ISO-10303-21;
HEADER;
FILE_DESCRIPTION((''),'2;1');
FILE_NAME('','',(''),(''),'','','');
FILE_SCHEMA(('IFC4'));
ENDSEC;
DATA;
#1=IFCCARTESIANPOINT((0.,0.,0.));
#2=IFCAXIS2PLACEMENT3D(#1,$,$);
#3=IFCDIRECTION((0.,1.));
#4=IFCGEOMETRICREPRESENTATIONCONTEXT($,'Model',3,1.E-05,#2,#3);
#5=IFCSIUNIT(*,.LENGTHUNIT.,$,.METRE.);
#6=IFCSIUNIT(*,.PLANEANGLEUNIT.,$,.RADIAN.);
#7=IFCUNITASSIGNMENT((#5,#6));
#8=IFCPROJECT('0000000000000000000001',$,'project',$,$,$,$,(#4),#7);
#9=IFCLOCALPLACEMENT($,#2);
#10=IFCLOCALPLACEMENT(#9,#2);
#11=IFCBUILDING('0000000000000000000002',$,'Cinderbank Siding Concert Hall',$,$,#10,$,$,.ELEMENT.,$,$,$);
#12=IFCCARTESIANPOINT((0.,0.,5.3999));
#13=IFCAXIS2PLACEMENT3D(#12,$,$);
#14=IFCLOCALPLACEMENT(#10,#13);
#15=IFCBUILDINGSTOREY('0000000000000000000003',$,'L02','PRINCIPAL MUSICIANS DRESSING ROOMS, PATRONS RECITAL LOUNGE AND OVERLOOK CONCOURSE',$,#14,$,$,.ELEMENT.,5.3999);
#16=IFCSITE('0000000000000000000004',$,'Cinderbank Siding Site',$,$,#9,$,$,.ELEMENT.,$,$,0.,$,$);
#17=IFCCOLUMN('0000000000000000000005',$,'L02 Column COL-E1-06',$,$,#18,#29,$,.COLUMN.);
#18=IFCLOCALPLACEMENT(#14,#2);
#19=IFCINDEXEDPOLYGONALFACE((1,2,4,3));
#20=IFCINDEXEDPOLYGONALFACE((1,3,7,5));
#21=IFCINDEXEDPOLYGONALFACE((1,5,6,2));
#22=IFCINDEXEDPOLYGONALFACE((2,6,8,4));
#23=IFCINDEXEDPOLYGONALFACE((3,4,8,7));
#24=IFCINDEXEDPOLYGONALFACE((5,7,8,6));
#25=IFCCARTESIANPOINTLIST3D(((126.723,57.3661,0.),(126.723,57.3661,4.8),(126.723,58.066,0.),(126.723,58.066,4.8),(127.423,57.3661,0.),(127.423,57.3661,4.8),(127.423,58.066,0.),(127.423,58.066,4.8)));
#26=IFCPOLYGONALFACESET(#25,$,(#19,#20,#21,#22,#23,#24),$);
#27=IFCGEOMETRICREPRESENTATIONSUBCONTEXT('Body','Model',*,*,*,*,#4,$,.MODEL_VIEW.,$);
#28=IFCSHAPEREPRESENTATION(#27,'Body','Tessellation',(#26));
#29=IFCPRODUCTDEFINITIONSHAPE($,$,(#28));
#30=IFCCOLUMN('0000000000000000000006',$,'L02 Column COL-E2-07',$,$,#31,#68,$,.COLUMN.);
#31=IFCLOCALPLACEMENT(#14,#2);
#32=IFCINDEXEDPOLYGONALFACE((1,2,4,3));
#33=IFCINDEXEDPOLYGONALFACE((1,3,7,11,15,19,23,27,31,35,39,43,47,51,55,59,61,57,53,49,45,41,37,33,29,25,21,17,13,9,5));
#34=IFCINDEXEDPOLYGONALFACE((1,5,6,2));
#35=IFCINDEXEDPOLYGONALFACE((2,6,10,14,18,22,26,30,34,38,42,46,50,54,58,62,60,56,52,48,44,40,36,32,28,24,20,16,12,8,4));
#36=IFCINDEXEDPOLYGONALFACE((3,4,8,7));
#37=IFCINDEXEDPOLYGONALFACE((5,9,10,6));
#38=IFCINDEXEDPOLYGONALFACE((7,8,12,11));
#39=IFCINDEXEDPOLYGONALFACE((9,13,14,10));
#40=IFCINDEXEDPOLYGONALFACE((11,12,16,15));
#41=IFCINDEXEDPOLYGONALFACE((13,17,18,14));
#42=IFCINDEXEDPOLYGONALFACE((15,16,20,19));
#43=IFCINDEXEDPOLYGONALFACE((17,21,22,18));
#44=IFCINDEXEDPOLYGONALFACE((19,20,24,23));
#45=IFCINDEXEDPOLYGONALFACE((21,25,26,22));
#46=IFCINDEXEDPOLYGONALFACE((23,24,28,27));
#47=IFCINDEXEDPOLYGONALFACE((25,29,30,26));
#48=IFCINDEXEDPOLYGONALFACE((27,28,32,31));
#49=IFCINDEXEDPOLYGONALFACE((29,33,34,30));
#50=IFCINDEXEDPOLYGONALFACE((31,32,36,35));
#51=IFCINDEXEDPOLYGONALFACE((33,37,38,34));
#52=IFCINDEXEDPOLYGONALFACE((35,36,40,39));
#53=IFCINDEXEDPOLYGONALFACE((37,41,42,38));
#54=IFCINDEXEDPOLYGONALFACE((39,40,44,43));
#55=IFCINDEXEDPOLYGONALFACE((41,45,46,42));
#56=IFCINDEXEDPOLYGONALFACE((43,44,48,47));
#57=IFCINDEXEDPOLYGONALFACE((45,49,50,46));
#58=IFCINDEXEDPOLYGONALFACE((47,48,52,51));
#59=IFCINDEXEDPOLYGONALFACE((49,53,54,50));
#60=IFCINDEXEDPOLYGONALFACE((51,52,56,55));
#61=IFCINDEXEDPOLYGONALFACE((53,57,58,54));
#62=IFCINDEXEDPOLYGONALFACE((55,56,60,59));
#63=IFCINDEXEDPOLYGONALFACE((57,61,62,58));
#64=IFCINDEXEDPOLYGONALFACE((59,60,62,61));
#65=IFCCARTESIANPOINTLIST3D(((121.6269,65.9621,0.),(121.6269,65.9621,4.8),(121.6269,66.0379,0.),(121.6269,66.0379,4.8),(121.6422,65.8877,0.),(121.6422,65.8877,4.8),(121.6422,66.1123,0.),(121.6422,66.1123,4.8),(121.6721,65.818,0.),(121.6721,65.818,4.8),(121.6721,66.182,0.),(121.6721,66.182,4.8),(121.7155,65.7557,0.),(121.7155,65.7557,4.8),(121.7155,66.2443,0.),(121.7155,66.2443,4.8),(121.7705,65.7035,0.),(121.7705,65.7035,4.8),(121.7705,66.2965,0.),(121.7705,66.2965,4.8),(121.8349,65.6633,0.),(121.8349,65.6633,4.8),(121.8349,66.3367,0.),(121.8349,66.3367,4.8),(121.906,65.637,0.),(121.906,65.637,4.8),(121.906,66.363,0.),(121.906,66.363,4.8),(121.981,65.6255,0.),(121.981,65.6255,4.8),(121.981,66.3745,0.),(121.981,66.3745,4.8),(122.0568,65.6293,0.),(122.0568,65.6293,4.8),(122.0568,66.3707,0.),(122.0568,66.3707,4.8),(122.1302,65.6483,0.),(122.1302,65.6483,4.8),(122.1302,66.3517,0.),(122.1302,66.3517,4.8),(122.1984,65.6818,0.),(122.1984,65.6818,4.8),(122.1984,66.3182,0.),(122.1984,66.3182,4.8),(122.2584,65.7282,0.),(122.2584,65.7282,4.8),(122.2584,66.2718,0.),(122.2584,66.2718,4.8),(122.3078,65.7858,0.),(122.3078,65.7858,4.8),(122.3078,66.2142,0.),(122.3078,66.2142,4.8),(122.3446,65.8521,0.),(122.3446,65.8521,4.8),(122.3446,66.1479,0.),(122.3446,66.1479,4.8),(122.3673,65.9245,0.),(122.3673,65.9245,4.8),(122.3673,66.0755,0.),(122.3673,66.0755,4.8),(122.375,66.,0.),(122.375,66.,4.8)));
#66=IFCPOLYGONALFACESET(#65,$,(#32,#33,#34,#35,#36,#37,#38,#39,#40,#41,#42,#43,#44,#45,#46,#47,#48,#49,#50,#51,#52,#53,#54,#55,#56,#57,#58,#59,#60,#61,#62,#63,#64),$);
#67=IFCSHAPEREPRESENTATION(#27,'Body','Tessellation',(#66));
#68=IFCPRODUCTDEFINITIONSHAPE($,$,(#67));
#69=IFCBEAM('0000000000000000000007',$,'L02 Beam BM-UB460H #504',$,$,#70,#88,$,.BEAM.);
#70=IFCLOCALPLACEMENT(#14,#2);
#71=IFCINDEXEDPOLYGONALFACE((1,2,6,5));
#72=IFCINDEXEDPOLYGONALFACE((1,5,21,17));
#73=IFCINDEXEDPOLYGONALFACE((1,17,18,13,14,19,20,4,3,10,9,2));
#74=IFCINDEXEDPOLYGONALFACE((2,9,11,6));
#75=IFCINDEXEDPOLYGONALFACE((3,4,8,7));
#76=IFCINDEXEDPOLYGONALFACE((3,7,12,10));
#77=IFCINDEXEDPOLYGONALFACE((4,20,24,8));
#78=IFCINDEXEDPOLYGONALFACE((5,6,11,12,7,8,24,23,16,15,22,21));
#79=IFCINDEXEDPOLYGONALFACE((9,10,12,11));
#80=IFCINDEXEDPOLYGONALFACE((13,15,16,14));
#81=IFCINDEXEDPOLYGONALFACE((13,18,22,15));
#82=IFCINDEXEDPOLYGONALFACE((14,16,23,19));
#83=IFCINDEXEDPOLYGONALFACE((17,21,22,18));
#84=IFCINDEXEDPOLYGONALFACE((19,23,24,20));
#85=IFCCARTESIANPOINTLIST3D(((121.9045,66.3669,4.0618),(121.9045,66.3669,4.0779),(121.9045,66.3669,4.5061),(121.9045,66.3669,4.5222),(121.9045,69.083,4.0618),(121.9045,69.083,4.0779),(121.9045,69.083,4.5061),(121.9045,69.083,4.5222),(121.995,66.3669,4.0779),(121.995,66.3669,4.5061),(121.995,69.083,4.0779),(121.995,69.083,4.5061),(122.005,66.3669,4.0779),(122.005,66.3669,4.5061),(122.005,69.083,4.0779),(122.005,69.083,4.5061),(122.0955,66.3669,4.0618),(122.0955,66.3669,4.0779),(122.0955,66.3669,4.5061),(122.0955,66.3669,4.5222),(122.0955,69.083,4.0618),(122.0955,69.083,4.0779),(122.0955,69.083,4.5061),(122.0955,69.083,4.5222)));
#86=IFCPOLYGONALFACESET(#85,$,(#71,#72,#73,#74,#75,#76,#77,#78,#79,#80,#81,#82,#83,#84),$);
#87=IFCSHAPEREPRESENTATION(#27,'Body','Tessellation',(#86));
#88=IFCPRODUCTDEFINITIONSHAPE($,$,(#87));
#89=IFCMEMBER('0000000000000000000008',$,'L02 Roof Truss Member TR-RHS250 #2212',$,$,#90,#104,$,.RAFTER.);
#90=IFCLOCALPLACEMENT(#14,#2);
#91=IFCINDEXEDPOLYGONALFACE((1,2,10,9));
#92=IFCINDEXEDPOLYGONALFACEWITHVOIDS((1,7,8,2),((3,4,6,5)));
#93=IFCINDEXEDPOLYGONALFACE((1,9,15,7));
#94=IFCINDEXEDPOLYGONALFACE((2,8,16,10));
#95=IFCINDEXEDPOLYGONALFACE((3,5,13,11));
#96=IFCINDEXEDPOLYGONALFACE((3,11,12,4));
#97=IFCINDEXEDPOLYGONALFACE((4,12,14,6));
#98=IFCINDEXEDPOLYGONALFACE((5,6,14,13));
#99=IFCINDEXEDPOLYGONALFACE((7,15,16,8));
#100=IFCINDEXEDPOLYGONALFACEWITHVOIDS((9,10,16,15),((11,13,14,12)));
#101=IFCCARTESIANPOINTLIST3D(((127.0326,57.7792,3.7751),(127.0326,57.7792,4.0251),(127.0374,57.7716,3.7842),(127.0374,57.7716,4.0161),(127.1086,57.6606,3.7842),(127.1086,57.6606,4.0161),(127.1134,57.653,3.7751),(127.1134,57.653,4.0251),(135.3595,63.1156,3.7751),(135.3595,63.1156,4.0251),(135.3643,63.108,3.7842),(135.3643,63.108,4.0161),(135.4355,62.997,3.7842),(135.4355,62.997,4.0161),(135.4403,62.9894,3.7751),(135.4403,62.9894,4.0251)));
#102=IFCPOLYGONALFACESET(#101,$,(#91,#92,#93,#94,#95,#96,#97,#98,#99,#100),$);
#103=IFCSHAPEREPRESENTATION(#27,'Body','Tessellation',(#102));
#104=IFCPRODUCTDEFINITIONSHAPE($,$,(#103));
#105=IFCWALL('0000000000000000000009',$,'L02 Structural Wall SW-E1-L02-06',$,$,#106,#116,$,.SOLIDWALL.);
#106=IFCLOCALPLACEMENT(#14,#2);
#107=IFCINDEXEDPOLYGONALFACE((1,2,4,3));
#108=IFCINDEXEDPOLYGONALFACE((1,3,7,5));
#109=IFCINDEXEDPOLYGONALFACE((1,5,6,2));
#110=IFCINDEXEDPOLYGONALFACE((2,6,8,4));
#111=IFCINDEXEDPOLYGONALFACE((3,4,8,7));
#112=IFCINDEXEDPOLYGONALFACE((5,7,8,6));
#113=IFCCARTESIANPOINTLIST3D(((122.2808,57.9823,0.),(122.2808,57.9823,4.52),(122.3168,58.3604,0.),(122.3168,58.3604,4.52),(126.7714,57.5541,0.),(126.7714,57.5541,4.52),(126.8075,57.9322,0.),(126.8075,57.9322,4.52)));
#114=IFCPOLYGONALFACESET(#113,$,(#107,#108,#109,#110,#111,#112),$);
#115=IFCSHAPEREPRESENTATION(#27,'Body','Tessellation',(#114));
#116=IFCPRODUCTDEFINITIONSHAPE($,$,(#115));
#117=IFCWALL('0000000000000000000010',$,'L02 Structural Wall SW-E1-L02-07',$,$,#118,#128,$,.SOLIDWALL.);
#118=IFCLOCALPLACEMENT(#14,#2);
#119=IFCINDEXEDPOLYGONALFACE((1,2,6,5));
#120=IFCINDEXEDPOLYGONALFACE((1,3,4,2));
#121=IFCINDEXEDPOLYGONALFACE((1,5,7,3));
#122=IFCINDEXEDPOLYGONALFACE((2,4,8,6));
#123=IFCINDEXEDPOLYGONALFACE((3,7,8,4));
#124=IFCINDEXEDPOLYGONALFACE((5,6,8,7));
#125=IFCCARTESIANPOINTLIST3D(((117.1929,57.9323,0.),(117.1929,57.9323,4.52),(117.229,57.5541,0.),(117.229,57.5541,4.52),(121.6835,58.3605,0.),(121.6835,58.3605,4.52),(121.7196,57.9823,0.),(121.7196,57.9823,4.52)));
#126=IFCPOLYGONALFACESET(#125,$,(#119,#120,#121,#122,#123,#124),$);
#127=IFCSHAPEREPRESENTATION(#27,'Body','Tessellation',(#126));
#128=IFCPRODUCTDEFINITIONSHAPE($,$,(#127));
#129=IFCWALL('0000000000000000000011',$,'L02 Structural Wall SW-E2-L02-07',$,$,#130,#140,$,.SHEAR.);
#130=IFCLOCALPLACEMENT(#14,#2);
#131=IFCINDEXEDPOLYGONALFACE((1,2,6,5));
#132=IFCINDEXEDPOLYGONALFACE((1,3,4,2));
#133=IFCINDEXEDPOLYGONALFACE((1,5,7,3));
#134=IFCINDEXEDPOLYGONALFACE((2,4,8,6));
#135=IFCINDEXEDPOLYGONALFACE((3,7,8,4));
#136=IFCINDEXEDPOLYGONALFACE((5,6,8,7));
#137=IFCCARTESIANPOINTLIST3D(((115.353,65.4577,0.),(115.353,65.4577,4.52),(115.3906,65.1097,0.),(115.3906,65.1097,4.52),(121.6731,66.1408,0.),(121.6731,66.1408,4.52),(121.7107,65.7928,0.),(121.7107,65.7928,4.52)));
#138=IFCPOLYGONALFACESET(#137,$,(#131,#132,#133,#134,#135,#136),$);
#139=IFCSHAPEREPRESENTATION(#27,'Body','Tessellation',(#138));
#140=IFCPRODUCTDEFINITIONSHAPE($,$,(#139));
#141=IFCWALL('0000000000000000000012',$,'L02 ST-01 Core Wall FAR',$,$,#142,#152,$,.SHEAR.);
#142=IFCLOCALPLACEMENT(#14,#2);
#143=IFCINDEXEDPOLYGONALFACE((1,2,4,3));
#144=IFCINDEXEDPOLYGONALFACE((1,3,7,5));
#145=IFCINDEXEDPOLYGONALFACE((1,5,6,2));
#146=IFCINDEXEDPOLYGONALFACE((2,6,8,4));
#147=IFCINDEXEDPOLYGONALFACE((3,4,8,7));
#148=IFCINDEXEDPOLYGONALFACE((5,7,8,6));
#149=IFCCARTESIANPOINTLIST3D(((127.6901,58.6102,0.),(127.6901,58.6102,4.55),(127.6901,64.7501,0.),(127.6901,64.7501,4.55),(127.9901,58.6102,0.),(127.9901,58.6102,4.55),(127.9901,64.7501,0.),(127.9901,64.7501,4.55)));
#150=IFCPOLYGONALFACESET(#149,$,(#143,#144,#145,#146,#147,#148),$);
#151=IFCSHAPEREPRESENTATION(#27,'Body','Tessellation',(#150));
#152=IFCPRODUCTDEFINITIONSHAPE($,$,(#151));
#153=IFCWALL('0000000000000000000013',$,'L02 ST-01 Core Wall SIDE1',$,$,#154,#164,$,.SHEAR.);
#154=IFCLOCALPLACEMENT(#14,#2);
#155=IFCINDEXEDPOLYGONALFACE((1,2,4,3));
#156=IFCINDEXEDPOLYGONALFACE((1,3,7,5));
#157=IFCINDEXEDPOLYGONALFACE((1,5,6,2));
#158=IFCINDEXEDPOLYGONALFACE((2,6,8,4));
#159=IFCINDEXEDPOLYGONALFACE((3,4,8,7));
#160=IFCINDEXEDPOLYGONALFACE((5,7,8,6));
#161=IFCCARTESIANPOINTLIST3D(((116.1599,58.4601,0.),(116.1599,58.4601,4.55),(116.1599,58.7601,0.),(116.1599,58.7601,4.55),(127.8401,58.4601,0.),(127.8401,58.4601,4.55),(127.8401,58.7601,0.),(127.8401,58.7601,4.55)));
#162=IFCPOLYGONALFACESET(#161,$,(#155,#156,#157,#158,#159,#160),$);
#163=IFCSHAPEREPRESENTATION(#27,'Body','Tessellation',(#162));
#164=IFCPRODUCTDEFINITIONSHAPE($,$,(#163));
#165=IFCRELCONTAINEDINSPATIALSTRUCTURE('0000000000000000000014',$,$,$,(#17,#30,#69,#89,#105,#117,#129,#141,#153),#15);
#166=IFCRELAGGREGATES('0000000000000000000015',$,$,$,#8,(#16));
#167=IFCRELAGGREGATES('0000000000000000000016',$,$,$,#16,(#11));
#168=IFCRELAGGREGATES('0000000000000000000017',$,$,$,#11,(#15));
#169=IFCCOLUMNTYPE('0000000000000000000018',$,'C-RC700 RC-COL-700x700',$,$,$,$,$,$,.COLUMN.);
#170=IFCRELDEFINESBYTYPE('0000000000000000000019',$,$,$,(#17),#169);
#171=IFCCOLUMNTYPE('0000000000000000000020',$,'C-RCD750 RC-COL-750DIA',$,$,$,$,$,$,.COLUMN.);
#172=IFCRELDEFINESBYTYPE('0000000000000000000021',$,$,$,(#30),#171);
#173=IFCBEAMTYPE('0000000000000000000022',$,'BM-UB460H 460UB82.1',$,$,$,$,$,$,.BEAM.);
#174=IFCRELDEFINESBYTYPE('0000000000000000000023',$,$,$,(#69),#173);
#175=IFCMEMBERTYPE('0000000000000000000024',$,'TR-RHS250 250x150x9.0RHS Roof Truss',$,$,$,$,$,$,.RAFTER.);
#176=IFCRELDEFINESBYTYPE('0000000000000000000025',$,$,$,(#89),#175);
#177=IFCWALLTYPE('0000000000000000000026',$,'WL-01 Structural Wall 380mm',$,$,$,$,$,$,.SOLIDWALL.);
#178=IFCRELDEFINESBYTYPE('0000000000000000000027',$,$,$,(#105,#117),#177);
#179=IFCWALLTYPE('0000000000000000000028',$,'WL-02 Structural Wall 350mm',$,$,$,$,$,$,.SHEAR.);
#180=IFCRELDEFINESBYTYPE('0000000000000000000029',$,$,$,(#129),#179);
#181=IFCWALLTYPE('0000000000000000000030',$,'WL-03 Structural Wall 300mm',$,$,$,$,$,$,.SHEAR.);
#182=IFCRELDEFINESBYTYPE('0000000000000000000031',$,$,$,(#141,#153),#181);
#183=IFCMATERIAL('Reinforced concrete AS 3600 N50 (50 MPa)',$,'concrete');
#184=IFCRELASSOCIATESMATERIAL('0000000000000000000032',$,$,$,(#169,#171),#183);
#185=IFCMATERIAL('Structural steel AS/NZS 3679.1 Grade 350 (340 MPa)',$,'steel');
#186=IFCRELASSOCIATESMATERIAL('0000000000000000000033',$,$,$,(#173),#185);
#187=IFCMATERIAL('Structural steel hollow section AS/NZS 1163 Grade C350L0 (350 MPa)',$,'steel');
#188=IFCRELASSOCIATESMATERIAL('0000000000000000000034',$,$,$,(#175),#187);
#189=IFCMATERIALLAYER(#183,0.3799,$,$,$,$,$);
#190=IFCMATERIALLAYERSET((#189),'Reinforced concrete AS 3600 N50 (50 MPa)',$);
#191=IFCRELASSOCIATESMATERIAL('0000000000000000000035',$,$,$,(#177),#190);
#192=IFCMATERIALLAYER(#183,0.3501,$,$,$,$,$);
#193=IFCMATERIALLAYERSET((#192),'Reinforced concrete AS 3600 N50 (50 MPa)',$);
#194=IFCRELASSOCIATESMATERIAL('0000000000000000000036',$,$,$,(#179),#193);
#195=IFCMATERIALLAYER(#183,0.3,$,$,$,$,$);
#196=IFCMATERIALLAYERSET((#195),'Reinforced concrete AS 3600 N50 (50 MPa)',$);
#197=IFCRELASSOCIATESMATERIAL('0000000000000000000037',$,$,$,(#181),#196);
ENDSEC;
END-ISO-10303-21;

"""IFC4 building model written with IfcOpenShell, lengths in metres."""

from ifc_helpers import new_model, si_unit, direction, frame, frame_2d, origin, origin_2d, place, context, subcontext, project, spatial, rectangle, hollow_rectangle, circle, i_section, extrude, material, layer, layer_set, material_profile, profile_set, type_object, element, save


model = new_model("IFC4")

# Units and contexts
model_context = context("Model", 3, precision=1e-05, world=origin(), true_north=direction((0.0, 1.0)))
body_context = subcontext(model_context, "Body", "Model", "MODEL_VIEW")
ifc_project = project(units=[si_unit("LENGTHUNIT", "METRE"), si_unit("PLANEANGLEUNIT", "RADIAN")], contexts=[model_context])

# Site, building, storey
site_placement = place(None, origin())
site = spatial("IfcSite", under=ifc_project, at=site_placement, Name="Cinderbank Siding Site", CompositionType="ELEMENT", RefElevation=0.0)
building_placement = place(site_placement, origin())
building = spatial("IfcBuilding", under=site, at=building_placement, Name="Cinderbank Siding Concert Hall", CompositionType="ELEMENT")
storey_placement = place(building_placement, frame((0.0, 0.0, 5.3999)))
storey = spatial("IfcBuildingStorey", under=building, at=storey_placement, Name="L02", Description="PRINCIPAL MUSICIANS DRESSING ROOMS, PATRONS RECITAL LOUNGE AND OVERLOOK CONCOURSE", CompositionType="ELEMENT", Elevation=5.3999)

# Columns
ifc_material_1 = material(Name="Reinforced concrete AS 3600 N50 (50 MPa)", Category="concrete")
ifc_material_profile_1 = material_profile(ifc_material_1, rectangle(XDim=0.7, YDim=0.7, at=origin_2d()), Name="RC-COL-700x700", Category="LoadBearing")
ifc_profile_set_1 = profile_set([ifc_material_profile_1], Name="Reinforced concrete AS 3600 N50 (50 MPa)")
column_type_1 = type_object("IfcColumnType", Name="C-RC700 RC-COL-700x700", PredefinedType="COLUMN", material=ifc_profile_set_1)
column_1_placement = place(storey_placement, frame((127.073, 57.7161, 0.0), z_axis=(0.0, 0.0, 1.0), x_axis=(1.0, 0.0, 0.0)))
element("IfcColumn", 1, at=column_1_placement, inside=storey, type_object=column_type_1, Name="L02 Column COL-E1-06", PredefinedType="COLUMN", context=body_context, shape_type="SweptSolid", body=[
    extrude(rectangle(XDim=0.7, YDim=0.7, at=origin_2d()), origin(), (0.0, 0.0, 1.0), 4.8),
])
ifc_material_profile_2 = material_profile(ifc_material_1, circle(Radius=0.375, at=origin_2d()), Name="RC-COL-750DIA", Category="LoadBearing")
ifc_profile_set_2 = profile_set([ifc_material_profile_2], Name="Reinforced concrete AS 3600 N50 (50 MPa)")
column_type_2 = type_object("IfcColumnType", Name="C-RCD750 RC-COL-750DIA", PredefinedType="COLUMN", material=ifc_profile_set_2)
column_2_placement = place(storey_placement, frame((122.0, 66.0, 0.0), z_axis=(0.0, 0.0, 1.0), x_axis=(1.0, 0.0, 0.0)))
element("IfcColumn", 2, at=column_2_placement, inside=storey, type_object=column_type_2, Name="L02 Column COL-E2-07", PredefinedType="COLUMN", context=body_context, shape_type="SweptSolid", body=[
    extrude(circle(Radius=0.375, at=origin_2d()), origin(), (0.0, 0.0, 1.0), 4.8),
])

# Beam
ifc_material_2 = material(Name="Structural steel AS/NZS 3679.1 Grade 350 (340 MPa)", Category="steel")
ifc_material_profile_3 = material_profile(ifc_material_2, i_section(OverallWidth=0.1909, OverallDepth=0.4604, WebThickness=0.01, FlangeThickness=0.0161, at=origin_2d()), Name="460UB82.1", Category="LoadBearing")
ifc_profile_set_3 = profile_set([ifc_material_profile_3], Name="Structural steel AS/NZS 3679.1 Grade 350 (340 MPa)")
beam_type = type_object("IfcBeamType", Name="BM-UB460H 460UB82.1", PredefinedType="BEAM", material=ifc_profile_set_3)
beam_placement = place(storey_placement, frame((122.0, 66.3669, 4.292), z_axis=(0.0, 1.0, 0.0), x_axis=(-1.0, 0.0, 0.0)))
element("IfcBeam", 3, at=beam_placement, inside=storey, type_object=beam_type, Name="L02 Beam BM-UB460H #504", PredefinedType="BEAM", context=body_context, shape_type="SweptSolid", body=[
    extrude(i_section(OverallWidth=0.1909, OverallDepth=0.4604, WebThickness=0.01, FlangeThickness=0.0161, at=origin_2d()), origin(), (0.0, 0.0, 1.0), 2.7161),
])

# Member
ifc_material_3 = material(Name="Structural steel hollow section AS/NZS 1163 Grade C350L0 (350 MPa)", Category="steel")
ifc_material_profile_4 = material_profile(ifc_material_3, hollow_rectangle(XDim=0.1499, YDim=0.25, WallThickness=0.009, at=origin_2d()), Name="250x150x9.0RHS", Category="LoadBearing")
ifc_profile_set_4 = profile_set([ifc_material_profile_4], Name="Structural steel hollow section AS/NZS 1163 Grade C350L0 (350 MPa)")
member_type = type_object("IfcMemberType", Name="TR-RHS250 250x150x9.0RHS Roof Truss", PredefinedType="RAFTER", material=ifc_profile_set_4)
member_placement = place(storey_placement, frame((127.073, 57.7161, 3.9001), z_axis=(0.84194, 0.539571, 0.0), x_axis=(-0.539571, 0.84194, 0.0)))
element("IfcMember", 4, at=member_placement, inside=storey, type_object=member_type, Name="L02 Roof Truss Member TR-RHS250 #2212", PredefinedType="RAFTER", context=body_context, shape_type="SweptSolid", body=[
    extrude(hollow_rectangle(XDim=0.1499, YDim=0.25, WallThickness=0.009, at=origin_2d()), origin(), (0.0, 0.0, 1.0), 9.8901),
])

# Walls
ifc_layer_1 = layer(ifc_material_1, 0.3799)
ifc_layer_set_1 = layer_set([ifc_layer_1], Name="Reinforced concrete AS 3600 N50 (50 MPa)")
wall_type_1 = type_object("IfcWallType", Name="WL-01 Structural Wall 380mm", PredefinedType="SOLIDWALL", material=ifc_layer_set_1)
for number, where, z_axis, x_axis, name in (
    (5, (126.7893, 57.7432, 0.0), (0.0, 0.0, 1.0), (-0.995484, 0.094927, 0.0), "L02 Structural Wall SW-E1-L02-06"),
    (6, (121.7014, 58.1714, 0.0), (0.0, 0.0, 1.0), (-0.995484, -0.094927, 0.0), "L02 Structural Wall SW-E1-L02-07"),
):
    element("IfcWall", number, at=place(storey_placement, frame(where, z_axis=z_axis, x_axis=x_axis)), inside=storey, type_object=wall_type_1, Name=name, PredefinedType="SOLIDWALL", context=body_context, shape_type="SweptSolid", body=[
        extrude(rectangle(XDim=4.511, YDim=0.3799, at=frame_2d((2.2554, 0.0))), origin(), (0.0, 0.0, 1.0), 4.52),
    ])
ifc_layer_2 = layer(ifc_material_1, 0.3501)
ifc_layer_set_2 = layer_set([ifc_layer_2], Name="Reinforced concrete AS 3600 N50 (50 MPa)")
wall_type_2 = type_object("IfcWallType", Name="WL-02 Structural Wall 350mm", PredefinedType="SHEAR", material=ifc_layer_set_2)
wall_1_placement = place(storey_placement, frame((121.6919, 65.9668, 0.0), z_axis=(0.0, 0.0, 1.0), x_axis=(-0.994209, -0.107459, 0.0)))
element("IfcWall", 7, at=wall_1_placement, inside=storey, type_object=wall_type_2, Name="L02 Structural Wall SW-E2-L02-07", PredefinedType="SHEAR", context=body_context, shape_type="SweptSolid", body=[
    extrude(rectangle(XDim=6.3569, YDim=0.3501, at=frame_2d((3.1785, 0.0))), origin(), (0.0, 0.0, 1.0), 4.52),
])
ifc_layer_3 = layer(ifc_material_1, 0.3)
ifc_layer_set_3 = layer_set([ifc_layer_3], Name="Reinforced concrete AS 3600 N50 (50 MPa)")
wall_type_3 = type_object("IfcWallType", Name="WL-03 Structural Wall 300mm", PredefinedType="SHEAR", material=ifc_layer_set_3)
wall_2_placement = place(storey_placement, frame((127.8401, 64.75, 0.0), z_axis=(0.0, 0.0, 1.0), x_axis=(0.0, -1.0, 0.0)))
element("IfcWall", 8, at=wall_2_placement, inside=storey, type_object=wall_type_3, Name="L02 ST-01 Core Wall FAR", PredefinedType="SHEAR", context=body_context, shape_type="SweptSolid", body=[
    extrude(rectangle(XDim=6.1399, YDim=0.3, at=frame_2d((3.0698, 0.0))), origin(), (0.0, 0.0, 1.0), 4.55),
])
wall_3_placement = place(storey_placement, frame((127.8401, 58.6101, 0.0), z_axis=(0.0, 0.0, 1.0), x_axis=(-1.0, 0.0, 0.0)))
element("IfcWall", 9, at=wall_3_placement, inside=storey, type_object=wall_type_3, Name="L02 ST-01 Core Wall SIDE1", PredefinedType="SHEAR", context=body_context, shape_type="SweptSolid", body=[
    extrude(rectangle(XDim=11.6802, YDim=0.3, at=frame_2d((5.8401, 0.0))), origin(), (0.0, 0.0, 1.0), 4.55),
])

save(model, "model.ifc")
